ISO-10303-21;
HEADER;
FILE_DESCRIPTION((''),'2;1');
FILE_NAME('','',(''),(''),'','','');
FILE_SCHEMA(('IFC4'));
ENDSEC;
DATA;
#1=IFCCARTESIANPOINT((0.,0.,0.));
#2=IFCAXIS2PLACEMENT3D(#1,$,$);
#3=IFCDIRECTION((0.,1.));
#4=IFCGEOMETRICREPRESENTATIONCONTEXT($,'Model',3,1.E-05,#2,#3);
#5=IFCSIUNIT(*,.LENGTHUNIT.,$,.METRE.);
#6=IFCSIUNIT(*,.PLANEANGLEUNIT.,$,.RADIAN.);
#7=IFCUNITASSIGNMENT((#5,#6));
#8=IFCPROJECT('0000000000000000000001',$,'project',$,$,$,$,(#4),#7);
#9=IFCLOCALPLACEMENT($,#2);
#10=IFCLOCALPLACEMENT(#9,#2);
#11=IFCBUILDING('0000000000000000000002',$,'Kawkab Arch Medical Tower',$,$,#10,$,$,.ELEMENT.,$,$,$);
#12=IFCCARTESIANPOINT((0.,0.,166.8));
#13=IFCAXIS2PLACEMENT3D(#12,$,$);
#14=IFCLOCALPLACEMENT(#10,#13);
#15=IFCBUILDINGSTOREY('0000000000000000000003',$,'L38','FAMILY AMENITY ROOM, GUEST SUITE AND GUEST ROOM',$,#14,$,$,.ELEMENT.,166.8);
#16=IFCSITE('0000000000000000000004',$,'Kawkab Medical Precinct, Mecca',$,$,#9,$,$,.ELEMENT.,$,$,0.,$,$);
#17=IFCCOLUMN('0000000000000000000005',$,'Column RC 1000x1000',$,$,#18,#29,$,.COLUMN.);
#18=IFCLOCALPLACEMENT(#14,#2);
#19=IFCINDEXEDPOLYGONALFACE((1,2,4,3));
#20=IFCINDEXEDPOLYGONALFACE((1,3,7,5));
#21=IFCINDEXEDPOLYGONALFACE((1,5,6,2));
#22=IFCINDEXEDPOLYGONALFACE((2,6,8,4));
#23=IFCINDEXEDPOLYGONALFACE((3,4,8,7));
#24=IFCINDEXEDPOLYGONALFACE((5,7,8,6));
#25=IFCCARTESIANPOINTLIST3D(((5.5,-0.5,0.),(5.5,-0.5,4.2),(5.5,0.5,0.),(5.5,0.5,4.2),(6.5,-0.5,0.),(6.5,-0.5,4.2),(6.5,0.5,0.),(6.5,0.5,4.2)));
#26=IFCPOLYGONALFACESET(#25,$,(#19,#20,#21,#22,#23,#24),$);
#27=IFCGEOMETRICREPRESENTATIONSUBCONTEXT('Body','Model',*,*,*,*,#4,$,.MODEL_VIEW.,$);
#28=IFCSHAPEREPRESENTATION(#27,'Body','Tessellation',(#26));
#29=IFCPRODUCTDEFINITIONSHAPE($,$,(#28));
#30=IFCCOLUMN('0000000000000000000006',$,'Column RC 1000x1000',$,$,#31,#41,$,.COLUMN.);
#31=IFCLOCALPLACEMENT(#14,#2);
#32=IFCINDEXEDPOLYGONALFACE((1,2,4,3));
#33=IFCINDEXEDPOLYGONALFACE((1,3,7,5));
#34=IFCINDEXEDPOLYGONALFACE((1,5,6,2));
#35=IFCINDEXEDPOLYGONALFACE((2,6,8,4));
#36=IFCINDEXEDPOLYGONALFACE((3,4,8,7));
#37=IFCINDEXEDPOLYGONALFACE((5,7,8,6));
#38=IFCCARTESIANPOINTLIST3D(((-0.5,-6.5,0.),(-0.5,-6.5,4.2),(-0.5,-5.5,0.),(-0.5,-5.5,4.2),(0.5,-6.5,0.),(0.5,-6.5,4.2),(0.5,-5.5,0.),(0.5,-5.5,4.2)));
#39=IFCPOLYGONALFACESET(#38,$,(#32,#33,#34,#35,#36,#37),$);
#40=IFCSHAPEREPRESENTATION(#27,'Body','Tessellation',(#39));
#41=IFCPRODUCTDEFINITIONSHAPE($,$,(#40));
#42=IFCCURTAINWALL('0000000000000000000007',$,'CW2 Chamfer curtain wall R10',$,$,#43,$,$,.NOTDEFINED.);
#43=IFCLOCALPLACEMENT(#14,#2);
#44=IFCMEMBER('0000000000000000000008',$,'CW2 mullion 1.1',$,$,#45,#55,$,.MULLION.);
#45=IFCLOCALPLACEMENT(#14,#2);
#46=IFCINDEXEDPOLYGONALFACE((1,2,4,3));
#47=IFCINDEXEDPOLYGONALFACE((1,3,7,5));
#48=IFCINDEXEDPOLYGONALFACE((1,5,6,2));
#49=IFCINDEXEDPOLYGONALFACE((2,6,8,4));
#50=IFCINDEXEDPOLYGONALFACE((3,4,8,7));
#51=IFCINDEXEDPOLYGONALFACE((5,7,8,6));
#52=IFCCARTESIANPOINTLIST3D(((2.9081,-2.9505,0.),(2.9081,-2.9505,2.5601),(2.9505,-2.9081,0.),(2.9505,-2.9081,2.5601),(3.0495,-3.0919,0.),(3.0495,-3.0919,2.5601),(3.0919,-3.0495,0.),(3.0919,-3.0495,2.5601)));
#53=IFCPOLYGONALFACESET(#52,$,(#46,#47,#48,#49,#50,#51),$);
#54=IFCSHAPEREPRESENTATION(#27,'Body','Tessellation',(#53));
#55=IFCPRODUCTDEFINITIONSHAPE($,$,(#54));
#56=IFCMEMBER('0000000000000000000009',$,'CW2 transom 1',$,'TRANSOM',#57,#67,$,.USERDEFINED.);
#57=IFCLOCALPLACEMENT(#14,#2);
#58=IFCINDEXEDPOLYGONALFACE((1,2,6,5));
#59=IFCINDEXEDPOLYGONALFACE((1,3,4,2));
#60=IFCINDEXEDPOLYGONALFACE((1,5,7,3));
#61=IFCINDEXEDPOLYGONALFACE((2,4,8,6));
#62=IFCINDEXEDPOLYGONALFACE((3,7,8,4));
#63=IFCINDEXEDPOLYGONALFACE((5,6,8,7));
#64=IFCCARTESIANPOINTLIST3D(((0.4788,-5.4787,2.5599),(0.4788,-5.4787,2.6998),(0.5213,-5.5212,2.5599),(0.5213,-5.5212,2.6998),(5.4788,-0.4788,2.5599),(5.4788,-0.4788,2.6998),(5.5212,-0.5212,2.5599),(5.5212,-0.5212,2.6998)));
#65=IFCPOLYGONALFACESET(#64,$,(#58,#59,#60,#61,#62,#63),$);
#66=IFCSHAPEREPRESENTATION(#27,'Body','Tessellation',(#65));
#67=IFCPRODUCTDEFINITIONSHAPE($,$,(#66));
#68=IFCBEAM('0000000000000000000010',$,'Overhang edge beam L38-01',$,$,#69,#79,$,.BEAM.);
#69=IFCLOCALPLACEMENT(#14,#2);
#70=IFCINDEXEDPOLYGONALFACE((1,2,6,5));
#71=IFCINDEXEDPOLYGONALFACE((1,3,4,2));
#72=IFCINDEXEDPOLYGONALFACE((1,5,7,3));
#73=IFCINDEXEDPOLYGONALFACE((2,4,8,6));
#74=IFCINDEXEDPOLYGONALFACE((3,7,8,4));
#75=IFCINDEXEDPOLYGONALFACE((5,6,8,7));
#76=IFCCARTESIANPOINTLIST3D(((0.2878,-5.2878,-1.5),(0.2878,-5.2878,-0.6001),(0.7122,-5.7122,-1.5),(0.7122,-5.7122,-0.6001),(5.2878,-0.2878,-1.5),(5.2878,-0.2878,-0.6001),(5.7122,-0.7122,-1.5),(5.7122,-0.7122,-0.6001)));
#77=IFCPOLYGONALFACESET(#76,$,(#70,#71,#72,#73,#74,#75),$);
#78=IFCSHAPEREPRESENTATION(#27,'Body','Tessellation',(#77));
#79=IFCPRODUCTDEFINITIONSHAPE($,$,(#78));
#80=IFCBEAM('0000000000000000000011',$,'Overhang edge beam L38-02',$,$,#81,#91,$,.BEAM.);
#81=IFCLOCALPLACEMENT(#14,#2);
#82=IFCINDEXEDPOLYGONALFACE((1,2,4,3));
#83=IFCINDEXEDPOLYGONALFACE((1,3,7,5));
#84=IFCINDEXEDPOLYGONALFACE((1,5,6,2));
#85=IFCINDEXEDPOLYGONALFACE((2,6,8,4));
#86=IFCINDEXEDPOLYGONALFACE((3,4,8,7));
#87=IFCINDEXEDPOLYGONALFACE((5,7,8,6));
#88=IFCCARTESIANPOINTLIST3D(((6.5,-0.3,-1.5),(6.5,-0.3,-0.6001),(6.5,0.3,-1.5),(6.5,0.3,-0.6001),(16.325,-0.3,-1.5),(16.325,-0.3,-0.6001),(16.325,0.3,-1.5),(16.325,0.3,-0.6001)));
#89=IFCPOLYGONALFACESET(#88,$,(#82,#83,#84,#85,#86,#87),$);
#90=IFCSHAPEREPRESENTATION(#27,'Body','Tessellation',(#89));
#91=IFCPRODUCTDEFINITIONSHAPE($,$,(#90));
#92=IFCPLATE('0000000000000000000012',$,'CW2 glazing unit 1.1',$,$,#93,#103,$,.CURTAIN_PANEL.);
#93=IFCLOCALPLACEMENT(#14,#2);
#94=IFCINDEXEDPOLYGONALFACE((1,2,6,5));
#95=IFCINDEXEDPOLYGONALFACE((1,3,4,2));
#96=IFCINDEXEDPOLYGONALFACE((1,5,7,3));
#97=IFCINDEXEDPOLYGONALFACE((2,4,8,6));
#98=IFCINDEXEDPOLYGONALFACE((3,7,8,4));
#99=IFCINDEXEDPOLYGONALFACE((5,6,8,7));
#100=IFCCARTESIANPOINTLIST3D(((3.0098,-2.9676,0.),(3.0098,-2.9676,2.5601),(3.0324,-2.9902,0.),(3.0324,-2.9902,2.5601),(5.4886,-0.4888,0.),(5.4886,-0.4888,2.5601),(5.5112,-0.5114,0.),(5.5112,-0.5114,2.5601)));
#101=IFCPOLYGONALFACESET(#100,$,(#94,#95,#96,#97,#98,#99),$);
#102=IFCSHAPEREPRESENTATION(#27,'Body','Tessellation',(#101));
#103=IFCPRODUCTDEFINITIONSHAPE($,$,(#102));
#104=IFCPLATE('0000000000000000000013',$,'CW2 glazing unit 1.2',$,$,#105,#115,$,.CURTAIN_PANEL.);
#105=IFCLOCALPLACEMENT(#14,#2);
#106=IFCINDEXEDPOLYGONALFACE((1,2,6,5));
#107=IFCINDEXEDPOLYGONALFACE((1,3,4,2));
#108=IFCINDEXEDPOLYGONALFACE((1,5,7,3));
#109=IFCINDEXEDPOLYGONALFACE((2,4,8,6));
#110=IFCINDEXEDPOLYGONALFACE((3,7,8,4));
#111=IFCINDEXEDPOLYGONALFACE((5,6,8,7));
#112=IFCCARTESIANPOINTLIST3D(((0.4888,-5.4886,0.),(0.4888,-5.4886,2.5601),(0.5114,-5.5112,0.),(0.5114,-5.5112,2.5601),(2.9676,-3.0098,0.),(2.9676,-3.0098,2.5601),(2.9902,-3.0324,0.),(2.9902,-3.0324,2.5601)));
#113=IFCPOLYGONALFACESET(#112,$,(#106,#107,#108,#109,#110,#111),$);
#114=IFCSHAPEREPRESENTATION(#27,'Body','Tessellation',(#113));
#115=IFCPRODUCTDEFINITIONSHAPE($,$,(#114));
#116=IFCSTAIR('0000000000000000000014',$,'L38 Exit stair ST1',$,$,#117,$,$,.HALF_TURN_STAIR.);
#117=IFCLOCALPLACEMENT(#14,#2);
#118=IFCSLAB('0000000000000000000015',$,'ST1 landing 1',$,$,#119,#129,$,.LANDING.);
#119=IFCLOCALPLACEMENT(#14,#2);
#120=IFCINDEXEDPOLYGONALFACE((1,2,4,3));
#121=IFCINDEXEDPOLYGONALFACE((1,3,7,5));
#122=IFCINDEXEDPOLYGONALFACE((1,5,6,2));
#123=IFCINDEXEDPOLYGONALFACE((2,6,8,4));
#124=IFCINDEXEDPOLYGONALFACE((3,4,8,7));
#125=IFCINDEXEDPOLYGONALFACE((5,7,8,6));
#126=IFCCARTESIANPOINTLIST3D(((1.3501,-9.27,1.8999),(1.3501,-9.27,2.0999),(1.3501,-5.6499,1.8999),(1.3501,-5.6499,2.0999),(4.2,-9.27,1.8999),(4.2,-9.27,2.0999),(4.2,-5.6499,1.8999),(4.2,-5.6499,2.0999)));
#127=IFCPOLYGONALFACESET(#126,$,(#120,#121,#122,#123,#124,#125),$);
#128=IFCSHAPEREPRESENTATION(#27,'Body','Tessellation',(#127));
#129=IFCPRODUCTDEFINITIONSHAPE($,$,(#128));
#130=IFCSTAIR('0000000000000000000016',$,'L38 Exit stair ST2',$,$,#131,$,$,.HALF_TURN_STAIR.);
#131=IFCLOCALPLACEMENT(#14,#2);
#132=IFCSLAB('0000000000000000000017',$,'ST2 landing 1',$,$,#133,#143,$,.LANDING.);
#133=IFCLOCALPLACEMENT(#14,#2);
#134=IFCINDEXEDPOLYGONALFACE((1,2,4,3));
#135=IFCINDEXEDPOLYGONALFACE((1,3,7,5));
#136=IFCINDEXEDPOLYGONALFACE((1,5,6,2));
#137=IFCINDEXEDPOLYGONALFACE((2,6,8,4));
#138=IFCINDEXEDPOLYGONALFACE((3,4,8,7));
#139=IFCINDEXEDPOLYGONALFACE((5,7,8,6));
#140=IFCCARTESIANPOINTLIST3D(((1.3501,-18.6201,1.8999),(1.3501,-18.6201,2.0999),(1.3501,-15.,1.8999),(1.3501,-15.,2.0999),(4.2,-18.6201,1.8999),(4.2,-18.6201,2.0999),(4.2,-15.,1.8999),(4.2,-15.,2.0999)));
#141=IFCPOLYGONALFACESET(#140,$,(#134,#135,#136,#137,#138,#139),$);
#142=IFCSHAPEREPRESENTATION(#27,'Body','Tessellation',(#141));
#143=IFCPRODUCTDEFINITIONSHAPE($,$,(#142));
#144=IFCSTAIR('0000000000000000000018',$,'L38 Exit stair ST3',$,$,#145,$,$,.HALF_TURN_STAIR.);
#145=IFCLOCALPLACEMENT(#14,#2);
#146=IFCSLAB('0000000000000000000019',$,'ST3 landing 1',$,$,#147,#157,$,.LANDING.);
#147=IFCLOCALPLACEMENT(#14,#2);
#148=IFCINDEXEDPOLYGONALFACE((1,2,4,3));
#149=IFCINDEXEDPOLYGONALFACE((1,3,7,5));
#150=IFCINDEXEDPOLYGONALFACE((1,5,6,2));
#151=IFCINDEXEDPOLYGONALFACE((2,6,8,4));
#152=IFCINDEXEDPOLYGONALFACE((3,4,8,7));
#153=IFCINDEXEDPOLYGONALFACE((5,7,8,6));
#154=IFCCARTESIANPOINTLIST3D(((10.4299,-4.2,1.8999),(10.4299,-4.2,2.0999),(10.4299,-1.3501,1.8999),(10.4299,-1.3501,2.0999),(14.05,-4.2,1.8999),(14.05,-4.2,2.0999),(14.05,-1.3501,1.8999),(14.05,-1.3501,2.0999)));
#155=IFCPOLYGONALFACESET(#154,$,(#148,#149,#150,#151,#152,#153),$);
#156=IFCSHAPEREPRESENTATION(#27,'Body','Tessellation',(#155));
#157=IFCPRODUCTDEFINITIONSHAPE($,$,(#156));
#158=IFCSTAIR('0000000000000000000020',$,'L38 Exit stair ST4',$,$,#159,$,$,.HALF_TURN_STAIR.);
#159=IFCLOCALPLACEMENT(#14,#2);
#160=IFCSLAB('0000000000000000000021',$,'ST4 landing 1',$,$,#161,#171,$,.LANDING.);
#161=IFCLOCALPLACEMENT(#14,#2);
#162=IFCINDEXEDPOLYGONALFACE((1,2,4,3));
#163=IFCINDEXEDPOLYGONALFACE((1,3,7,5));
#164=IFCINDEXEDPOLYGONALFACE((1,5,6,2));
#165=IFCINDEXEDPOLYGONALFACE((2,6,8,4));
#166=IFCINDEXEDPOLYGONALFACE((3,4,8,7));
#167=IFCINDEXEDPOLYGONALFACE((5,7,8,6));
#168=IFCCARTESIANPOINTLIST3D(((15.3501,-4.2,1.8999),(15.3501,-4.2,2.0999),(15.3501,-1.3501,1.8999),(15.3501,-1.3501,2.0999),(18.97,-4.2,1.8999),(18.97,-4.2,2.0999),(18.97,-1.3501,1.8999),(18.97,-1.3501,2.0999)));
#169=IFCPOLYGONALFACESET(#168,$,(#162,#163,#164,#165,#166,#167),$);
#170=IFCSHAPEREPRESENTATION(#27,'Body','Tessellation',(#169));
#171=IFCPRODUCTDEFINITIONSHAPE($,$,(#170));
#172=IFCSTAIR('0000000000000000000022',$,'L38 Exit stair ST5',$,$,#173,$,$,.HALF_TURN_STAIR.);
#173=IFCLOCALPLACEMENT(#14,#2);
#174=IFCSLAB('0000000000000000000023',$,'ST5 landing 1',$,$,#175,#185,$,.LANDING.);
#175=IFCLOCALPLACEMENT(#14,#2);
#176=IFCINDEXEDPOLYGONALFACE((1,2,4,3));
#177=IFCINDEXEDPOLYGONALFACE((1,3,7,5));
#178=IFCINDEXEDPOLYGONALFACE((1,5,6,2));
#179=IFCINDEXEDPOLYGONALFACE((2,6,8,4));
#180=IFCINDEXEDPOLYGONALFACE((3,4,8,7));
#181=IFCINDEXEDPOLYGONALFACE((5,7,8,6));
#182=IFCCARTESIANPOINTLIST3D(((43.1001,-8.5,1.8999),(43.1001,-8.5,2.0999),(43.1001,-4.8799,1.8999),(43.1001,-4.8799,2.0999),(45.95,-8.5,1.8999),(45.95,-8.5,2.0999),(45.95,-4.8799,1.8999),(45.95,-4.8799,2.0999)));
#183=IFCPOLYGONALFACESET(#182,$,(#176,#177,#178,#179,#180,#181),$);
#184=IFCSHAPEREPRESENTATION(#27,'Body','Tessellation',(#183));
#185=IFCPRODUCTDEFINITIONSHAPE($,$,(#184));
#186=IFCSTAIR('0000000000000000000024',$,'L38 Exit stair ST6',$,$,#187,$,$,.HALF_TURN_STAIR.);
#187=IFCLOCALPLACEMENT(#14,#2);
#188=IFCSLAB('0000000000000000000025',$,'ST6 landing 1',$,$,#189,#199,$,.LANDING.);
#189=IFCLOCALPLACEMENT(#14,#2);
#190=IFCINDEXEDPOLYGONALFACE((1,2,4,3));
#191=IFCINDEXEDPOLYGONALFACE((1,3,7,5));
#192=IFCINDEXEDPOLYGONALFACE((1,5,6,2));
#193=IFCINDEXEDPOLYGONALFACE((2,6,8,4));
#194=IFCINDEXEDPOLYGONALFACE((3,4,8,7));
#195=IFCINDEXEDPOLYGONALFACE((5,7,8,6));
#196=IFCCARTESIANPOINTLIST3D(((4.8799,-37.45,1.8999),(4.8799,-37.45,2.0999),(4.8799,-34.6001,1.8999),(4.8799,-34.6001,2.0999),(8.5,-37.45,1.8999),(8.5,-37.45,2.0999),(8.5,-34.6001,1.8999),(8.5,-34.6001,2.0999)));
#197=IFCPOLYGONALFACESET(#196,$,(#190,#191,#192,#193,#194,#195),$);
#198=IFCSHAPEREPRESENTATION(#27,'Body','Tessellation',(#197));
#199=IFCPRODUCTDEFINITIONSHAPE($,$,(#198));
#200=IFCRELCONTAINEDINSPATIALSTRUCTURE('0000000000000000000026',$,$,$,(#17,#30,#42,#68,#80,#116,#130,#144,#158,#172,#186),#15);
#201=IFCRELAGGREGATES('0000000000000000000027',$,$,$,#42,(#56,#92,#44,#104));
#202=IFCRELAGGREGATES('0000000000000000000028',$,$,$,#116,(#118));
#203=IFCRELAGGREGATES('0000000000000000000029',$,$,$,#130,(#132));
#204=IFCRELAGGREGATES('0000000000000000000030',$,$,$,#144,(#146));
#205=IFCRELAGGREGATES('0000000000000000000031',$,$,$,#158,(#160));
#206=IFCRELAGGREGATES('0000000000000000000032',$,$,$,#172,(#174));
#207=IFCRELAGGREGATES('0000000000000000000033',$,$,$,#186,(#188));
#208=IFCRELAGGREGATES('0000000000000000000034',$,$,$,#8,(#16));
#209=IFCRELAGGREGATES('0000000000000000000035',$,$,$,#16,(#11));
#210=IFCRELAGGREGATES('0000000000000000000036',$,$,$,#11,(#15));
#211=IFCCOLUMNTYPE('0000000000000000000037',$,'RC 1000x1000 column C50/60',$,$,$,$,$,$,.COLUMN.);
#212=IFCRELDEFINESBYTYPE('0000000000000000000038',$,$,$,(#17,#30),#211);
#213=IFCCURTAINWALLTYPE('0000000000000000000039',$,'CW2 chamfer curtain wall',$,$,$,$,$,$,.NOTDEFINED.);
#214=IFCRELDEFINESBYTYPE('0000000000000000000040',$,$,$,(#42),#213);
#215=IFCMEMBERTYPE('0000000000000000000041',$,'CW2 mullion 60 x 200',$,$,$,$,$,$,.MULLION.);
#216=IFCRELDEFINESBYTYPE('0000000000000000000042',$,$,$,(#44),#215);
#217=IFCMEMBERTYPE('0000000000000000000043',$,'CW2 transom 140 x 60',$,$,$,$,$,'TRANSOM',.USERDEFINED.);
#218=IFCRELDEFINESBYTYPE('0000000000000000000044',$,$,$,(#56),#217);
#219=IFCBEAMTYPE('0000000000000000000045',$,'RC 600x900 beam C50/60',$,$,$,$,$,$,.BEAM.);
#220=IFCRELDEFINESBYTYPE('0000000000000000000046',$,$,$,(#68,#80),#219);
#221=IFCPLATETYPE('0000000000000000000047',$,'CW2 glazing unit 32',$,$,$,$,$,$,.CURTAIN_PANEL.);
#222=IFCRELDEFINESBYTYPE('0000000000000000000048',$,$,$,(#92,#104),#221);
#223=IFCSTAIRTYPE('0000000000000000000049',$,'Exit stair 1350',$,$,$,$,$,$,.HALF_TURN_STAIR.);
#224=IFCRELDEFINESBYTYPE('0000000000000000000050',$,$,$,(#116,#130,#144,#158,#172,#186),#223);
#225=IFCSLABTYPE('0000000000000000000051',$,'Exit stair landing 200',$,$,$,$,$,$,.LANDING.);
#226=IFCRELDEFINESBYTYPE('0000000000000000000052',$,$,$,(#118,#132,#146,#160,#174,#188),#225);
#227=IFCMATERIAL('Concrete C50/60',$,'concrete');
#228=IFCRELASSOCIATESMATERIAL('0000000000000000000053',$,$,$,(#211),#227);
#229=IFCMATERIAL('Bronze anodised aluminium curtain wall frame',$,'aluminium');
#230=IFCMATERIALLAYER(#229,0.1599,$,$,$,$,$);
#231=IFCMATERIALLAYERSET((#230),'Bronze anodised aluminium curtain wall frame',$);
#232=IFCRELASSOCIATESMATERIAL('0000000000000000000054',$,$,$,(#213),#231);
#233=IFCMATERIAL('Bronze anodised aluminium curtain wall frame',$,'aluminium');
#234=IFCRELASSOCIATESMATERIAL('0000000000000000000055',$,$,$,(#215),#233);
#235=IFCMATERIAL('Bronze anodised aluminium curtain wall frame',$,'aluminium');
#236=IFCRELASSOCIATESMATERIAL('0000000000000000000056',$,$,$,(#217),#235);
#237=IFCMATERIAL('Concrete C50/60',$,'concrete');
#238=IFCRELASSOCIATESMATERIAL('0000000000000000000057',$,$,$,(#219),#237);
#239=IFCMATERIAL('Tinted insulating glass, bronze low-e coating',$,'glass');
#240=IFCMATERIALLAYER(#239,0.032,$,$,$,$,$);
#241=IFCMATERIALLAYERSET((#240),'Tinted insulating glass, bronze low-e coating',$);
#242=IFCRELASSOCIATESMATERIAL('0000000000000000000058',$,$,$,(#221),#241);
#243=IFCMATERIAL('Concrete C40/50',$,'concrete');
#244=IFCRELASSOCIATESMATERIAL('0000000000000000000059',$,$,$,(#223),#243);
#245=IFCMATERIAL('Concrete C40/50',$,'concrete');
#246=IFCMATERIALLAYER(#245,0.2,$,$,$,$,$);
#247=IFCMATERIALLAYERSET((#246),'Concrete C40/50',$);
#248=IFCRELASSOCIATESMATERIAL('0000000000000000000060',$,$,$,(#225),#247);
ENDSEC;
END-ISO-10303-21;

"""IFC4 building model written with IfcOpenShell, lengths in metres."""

from ifc_helpers import new_model, si_unit, direction, frame, origin, origin_2d, place, context, subcontext, project, spatial, polyline, rectangle, outline, extrude, material, layer, layer_set, material_profile, profile_set, type_object, element, aggregate, save


model = new_model("IFC4")

# Units and contexts
model_context = context("Model", 3, precision=1e-05, world=origin(), true_north=direction((0.0, 1.0)))
body_context = subcontext(model_context, "Body", "Model", "MODEL_VIEW")
ifc_project = project(units=[si_unit("LENGTHUNIT", "METRE"), si_unit("PLANEANGLEUNIT", "RADIAN")], contexts=[model_context])

# Site, building, storey
site_placement = place(None, origin())
site = spatial("IfcSite", under=ifc_project, at=site_placement, Name="Kawkab Medical Precinct, Mecca", CompositionType="ELEMENT", RefElevation=0.0)
building_placement = place(site_placement, origin())
building = spatial("IfcBuilding", under=site, at=building_placement, Name="Kawkab Arch Medical Tower", CompositionType="ELEMENT")
storey_placement = place(building_placement, frame((0.0, 0.0, 166.8)))
storey = spatial("IfcBuildingStorey", under=building, at=storey_placement, Name="L38", Description="FAMILY AMENITY ROOM, GUEST SUITE AND GUEST ROOM", CompositionType="ELEMENT", Elevation=166.8)

# Columns
ifc_material_1 = material(Name="Concrete C50/60", Category="concrete")
ifc_material_profile_1 = material_profile(ifc_material_1, rectangle(XDim=1.0, YDim=1.0, at=origin_2d()), Name="RC 1000x1000")
ifc_profile_set_1 = profile_set([ifc_material_profile_1], Name="Concrete C50/60")
column_type = type_object("IfcColumnType", Name="RC 1000x1000 column C50/60", PredefinedType="COLUMN", material=ifc_profile_set_1)
for number, where, z_axis, x_axis, name in (
    (1, (6.0, 0.0, 0.0), (0.0, 0.0, 1.0), (1.0, 0.0, 0.0), "Column RC 1000x1000"),
    (2, (0.0, -6.0, 0.0), (0.0, 0.0, 1.0), (1.0, 0.0, 0.0), "Column RC 1000x1000"),
):
    element("IfcColumn", number, at=place(storey_placement, frame(where, z_axis=z_axis, x_axis=x_axis)), inside=storey, type_object=column_type, Name=name, PredefinedType="COLUMN", context=body_context, shape_type="SweptSolid", body=[
        extrude(rectangle(XDim=1.0, YDim=1.0, at=origin_2d()), origin(), (0.0, 0.0, 1.0), 4.2),
    ])

# Curtain wall, members
ifc_material_2 = material(Name="Bronze anodised aluminium curtain wall frame", Category="aluminium")
ifc_layer_1 = layer(ifc_material_2, 0.1599)
ifc_layer_set_1 = layer_set([ifc_layer_1], Name="Bronze anodised aluminium curtain wall frame")
curtain_wall_type = type_object("IfcCurtainWallType", Name="CW2 chamfer curtain wall", PredefinedType="NOTDEFINED", material=ifc_layer_set_1)
placement_1 = place(storey_placement, origin())
curtain_wall = element("IfcCurtainWall", 3, at=placement_1, inside=storey, type_object=curtain_wall_type, Name="CW2 Chamfer curtain wall R10", PredefinedType="NOTDEFINED")
ifc_material_3 = material(Name="Bronze anodised aluminium curtain wall frame", Category="aluminium")
ifc_material_profile_2 = material_profile(ifc_material_3, rectangle(XDim=0.2, YDim=0.0601, at=origin_2d()), Name="AL 60x200")
ifc_profile_set_2 = profile_set([ifc_material_profile_2], Name="Bronze anodised aluminium curtain wall frame")
member_type_1 = type_object("IfcMemberType", Name="CW2 mullion 60 x 200", PredefinedType="MULLION", material=ifc_profile_set_2)
member_1_placement = place(storey_placement, frame((3.0, -3.0, 0.0), z_axis=(0.0, 0.0, 1.0), x_axis=(0.707107, -0.707107, 0.0)))
member_1 = element("IfcMember", 4, at=member_1_placement, type_object=member_type_1, Name="CW2 mullion 1.1", PredefinedType="MULLION", context=body_context, shape_type="SweptSolid", body=[
    extrude(rectangle(XDim=0.2, YDim=0.0601, at=origin_2d()), origin(), (0.0, 0.0, 1.0), 2.5601),
])
ifc_material_4 = material(Name="Bronze anodised aluminium curtain wall frame", Category="aluminium")
ifc_material_profile_3 = material_profile(ifc_material_4, rectangle(XDim=0.0601, YDim=0.1399, at=origin_2d()), Name="AL 60x140")
ifc_profile_set_3 = profile_set([ifc_material_profile_3], Name="Bronze anodised aluminium curtain wall frame")
member_type_2 = type_object("IfcMemberType", Name="CW2 transom 140 x 60", ElementType="TRANSOM", PredefinedType="USERDEFINED", material=ifc_profile_set_3)
member_2_placement = place(storey_placement, frame((5.5, -0.5, 2.6299), z_axis=(-0.707107, -0.707107, 0.0), x_axis=(0.707107, -0.707107, 0.0)))
member_2 = element("IfcMember", 5, at=member_2_placement, type_object=member_type_2, Name="CW2 transom 1", ObjectType="TRANSOM", PredefinedType="USERDEFINED", context=body_context, shape_type="SweptSolid", body=[
    extrude(rectangle(XDim=0.0601, YDim=0.1399, at=origin_2d()), origin(), (0.0, 0.0, 1.0), 7.071),
])

# Beams
ifc_material_5 = material(Name="Concrete C50/60", Category="concrete")
ifc_material_profile_4 = material_profile(ifc_material_5, rectangle(XDim=0.6001, YDim=0.8999, at=origin_2d()), Name="RC 600x900")
ifc_profile_set_4 = profile_set([ifc_material_profile_4], Name="Concrete C50/60")
beam_type = type_object("IfcBeamType", Name="RC 600x900 beam C50/60", PredefinedType="BEAM", material=ifc_profile_set_4)
beam_1_placement = place(storey_placement, frame((0.5, -5.5, -1.05), z_axis=(0.707107, 0.707107, 0.0), x_axis=(-0.707107, 0.707107, 0.0)))
element("IfcBeam", 6, at=beam_1_placement, inside=storey, type_object=beam_type, Name="Overhang edge beam L38-01", PredefinedType="BEAM", context=body_context, shape_type="SweptSolid", body=[
    extrude(rectangle(XDim=0.6001, YDim=0.8999, at=origin_2d()), origin(), (0.0, 0.0, 1.0), 7.071),
])
beam_2_placement = place(storey_placement, frame((6.5, 0.0, -1.05), z_axis=(1.0, 0.0, 0.0), x_axis=(0.0, 1.0, 0.0)))
element("IfcBeam", 7, at=beam_2_placement, inside=storey, type_object=beam_type, Name="Overhang edge beam L38-02", PredefinedType="BEAM", context=body_context, shape_type="SweptSolid", body=[
    extrude(rectangle(XDim=0.6001, YDim=0.8999, at=origin_2d()), origin(), (0.0, 0.0, 1.0), 9.825),
])

# Plates
ifc_material_6 = material(Name="Tinted insulating glass, bronze low-e coating", Category="glass")
ifc_layer_2 = layer(ifc_material_6, 0.032)
ifc_layer_set_2 = layer_set([ifc_layer_2], Name="Tinted insulating glass, bronze low-e coating")
plate_type = type_object("IfcPlateType", Name="CW2 glazing unit 32", PredefinedType="CURTAIN_PANEL", material=ifc_layer_set_2)
plate_1_placement = place(storey_placement, frame((4.2605, -1.7395, 0.0), z_axis=(0.0, 0.0, 1.0), x_axis=(-0.707107, -0.707107, 0.0)))
plate_1 = element("IfcPlate", 8, at=plate_1_placement, type_object=plate_type, Name="CW2 glazing unit 1.1", PredefinedType="CURTAIN_PANEL", context=body_context, shape_type="SweptSolid", body=[
    extrude(rectangle(XDim=3.5056, YDim=0.032, at=origin_2d()), origin(), (0.0, 0.0, 1.0), 2.5601),
])
plate_2_placement = place(storey_placement, frame((1.7395, -4.2605, 0.0), z_axis=(0.0, 0.0, 1.0), x_axis=(-0.707107, -0.707107, 0.0)))
plate_2 = element("IfcPlate", 9, at=plate_2_placement, type_object=plate_type, Name="CW2 glazing unit 1.2", PredefinedType="CURTAIN_PANEL", context=body_context, shape_type="SweptSolid", body=[
    extrude(rectangle(XDim=3.5056, YDim=0.032, at=origin_2d()), origin(), (0.0, 0.0, 1.0), 2.5601),
])
aggregate(curtain_wall, [member_2, plate_1, member_1, plate_2])

# Stairs, slabs
ifc_material_7 = material(Name="Concrete C40/50", Category="concrete")
stair_type = type_object("IfcStairType", Name="Exit stair 1350", PredefinedType="HALF_TURN_STAIR", material=ifc_material_7)
stair_1 = element("IfcStair", 10, at=placement_1, inside=storey, type_object=stair_type, Name="L38 Exit stair ST1", PredefinedType="HALF_TURN_STAIR")
ifc_material_8 = material(Name="Concrete C40/50", Category="concrete")
ifc_layer_3 = layer(ifc_material_8, 0.2)
ifc_layer_set_3 = layer_set([ifc_layer_3], Name="Concrete C40/50")
slab_type_1 = type_object("IfcSlabType", Name="Exit stair landing 200", PredefinedType="LANDING", material=ifc_layer_set_3)
placement_2 = place(storey_placement, frame((0.0, 0.0, 1.8999)))
slab_1 = element("IfcSlab", 11, at=placement_2, type_object=slab_type_1, Name="ST1 landing 1", PredefinedType="LANDING", context=body_context, shape_type="SweptSolid", body=[
    extrude(outline(polyline([(4.2, -9.27), (4.2, -5.6499), (1.3501, -5.6499), (1.3501, -9.27), (4.2, -9.27)])), origin(), (0.0, 0.0, 1.0), 0.2),
])
aggregate(stair_1, [slab_1])
stair_2 = element("IfcStair", 12, at=placement_1, inside=storey, type_object=stair_type, Name="L38 Exit stair ST2", PredefinedType="HALF_TURN_STAIR")
slab_2 = element("IfcSlab", 13, at=placement_2, type_object=slab_type_1, Name="ST2 landing 1", PredefinedType="LANDING", context=body_context, shape_type="SweptSolid", body=[
    extrude(outline(polyline([(4.2, -18.6201), (4.2, -15.0), (1.3501, -15.0), (1.3501, -18.6201), (4.2, -18.6201)])), origin(), (0.0, 0.0, 1.0), 0.2),
])
aggregate(stair_2, [slab_2])
stair_3 = element("IfcStair", 14, at=placement_1, inside=storey, type_object=stair_type, Name="L38 Exit stair ST3", PredefinedType="HALF_TURN_STAIR")
slab_3 = element("IfcSlab", 15, at=placement_2, type_object=slab_type_1, Name="ST3 landing 1", PredefinedType="LANDING", context=body_context, shape_type="SweptSolid", body=[
    extrude(outline(polyline([(10.4299, -4.2), (14.05, -4.2), (14.05, -1.3501), (10.4299, -1.3501), (10.4299, -4.2)])), origin(), (0.0, 0.0, 1.0), 0.2),
])
aggregate(stair_3, [slab_3])
stair_4 = element("IfcStair", 16, at=placement_1, inside=storey, type_object=stair_type, Name="L38 Exit stair ST4", PredefinedType="HALF_TURN_STAIR")
slab_4 = element("IfcSlab", 17, at=placement_2, type_object=slab_type_1, Name="ST4 landing 1", PredefinedType="LANDING", context=body_context, shape_type="SweptSolid", body=[
    extrude(outline(polyline([(18.97, -1.3501), (15.3501, -1.3501), (15.3501, -4.2), (18.97, -4.2), (18.97, -1.3501)])), origin(), (0.0, 0.0, 1.0), 0.2),
])
aggregate(stair_4, [slab_4])
stair_5 = element("IfcStair", 18, at=placement_1, inside=storey, type_object=stair_type, Name="L38 Exit stair ST5", PredefinedType="HALF_TURN_STAIR")
slab_5 = element("IfcSlab", 19, at=placement_2, type_object=slab_type_1, Name="ST5 landing 1", PredefinedType="LANDING", context=body_context, shape_type="SweptSolid", body=[
    extrude(outline(polyline([(43.1001, -4.8799), (43.1001, -8.5), (45.95, -8.5), (45.95, -4.8799), (43.1001, -4.8799)])), origin(), (0.0, 0.0, 1.0), 0.2),
])
aggregate(stair_5, [slab_5])
stair_6 = element("IfcStair", 20, at=placement_1, inside=storey, type_object=stair_type, Name="L38 Exit stair ST6", PredefinedType="HALF_TURN_STAIR")
slab_6 = element("IfcSlab", 21, at=placement_2, type_object=slab_type_1, Name="ST6 landing 1", PredefinedType="LANDING", context=body_context, shape_type="SweptSolid", body=[
    extrude(outline(polyline([(4.8799, -37.45), (8.5, -37.45), (8.5, -34.6001), (4.8799, -34.6001), (4.8799, -37.45)])), origin(), (0.0, 0.0, 1.0), 0.2),
])
aggregate(stair_6, [slab_6])

save(model, "model.ifc")
